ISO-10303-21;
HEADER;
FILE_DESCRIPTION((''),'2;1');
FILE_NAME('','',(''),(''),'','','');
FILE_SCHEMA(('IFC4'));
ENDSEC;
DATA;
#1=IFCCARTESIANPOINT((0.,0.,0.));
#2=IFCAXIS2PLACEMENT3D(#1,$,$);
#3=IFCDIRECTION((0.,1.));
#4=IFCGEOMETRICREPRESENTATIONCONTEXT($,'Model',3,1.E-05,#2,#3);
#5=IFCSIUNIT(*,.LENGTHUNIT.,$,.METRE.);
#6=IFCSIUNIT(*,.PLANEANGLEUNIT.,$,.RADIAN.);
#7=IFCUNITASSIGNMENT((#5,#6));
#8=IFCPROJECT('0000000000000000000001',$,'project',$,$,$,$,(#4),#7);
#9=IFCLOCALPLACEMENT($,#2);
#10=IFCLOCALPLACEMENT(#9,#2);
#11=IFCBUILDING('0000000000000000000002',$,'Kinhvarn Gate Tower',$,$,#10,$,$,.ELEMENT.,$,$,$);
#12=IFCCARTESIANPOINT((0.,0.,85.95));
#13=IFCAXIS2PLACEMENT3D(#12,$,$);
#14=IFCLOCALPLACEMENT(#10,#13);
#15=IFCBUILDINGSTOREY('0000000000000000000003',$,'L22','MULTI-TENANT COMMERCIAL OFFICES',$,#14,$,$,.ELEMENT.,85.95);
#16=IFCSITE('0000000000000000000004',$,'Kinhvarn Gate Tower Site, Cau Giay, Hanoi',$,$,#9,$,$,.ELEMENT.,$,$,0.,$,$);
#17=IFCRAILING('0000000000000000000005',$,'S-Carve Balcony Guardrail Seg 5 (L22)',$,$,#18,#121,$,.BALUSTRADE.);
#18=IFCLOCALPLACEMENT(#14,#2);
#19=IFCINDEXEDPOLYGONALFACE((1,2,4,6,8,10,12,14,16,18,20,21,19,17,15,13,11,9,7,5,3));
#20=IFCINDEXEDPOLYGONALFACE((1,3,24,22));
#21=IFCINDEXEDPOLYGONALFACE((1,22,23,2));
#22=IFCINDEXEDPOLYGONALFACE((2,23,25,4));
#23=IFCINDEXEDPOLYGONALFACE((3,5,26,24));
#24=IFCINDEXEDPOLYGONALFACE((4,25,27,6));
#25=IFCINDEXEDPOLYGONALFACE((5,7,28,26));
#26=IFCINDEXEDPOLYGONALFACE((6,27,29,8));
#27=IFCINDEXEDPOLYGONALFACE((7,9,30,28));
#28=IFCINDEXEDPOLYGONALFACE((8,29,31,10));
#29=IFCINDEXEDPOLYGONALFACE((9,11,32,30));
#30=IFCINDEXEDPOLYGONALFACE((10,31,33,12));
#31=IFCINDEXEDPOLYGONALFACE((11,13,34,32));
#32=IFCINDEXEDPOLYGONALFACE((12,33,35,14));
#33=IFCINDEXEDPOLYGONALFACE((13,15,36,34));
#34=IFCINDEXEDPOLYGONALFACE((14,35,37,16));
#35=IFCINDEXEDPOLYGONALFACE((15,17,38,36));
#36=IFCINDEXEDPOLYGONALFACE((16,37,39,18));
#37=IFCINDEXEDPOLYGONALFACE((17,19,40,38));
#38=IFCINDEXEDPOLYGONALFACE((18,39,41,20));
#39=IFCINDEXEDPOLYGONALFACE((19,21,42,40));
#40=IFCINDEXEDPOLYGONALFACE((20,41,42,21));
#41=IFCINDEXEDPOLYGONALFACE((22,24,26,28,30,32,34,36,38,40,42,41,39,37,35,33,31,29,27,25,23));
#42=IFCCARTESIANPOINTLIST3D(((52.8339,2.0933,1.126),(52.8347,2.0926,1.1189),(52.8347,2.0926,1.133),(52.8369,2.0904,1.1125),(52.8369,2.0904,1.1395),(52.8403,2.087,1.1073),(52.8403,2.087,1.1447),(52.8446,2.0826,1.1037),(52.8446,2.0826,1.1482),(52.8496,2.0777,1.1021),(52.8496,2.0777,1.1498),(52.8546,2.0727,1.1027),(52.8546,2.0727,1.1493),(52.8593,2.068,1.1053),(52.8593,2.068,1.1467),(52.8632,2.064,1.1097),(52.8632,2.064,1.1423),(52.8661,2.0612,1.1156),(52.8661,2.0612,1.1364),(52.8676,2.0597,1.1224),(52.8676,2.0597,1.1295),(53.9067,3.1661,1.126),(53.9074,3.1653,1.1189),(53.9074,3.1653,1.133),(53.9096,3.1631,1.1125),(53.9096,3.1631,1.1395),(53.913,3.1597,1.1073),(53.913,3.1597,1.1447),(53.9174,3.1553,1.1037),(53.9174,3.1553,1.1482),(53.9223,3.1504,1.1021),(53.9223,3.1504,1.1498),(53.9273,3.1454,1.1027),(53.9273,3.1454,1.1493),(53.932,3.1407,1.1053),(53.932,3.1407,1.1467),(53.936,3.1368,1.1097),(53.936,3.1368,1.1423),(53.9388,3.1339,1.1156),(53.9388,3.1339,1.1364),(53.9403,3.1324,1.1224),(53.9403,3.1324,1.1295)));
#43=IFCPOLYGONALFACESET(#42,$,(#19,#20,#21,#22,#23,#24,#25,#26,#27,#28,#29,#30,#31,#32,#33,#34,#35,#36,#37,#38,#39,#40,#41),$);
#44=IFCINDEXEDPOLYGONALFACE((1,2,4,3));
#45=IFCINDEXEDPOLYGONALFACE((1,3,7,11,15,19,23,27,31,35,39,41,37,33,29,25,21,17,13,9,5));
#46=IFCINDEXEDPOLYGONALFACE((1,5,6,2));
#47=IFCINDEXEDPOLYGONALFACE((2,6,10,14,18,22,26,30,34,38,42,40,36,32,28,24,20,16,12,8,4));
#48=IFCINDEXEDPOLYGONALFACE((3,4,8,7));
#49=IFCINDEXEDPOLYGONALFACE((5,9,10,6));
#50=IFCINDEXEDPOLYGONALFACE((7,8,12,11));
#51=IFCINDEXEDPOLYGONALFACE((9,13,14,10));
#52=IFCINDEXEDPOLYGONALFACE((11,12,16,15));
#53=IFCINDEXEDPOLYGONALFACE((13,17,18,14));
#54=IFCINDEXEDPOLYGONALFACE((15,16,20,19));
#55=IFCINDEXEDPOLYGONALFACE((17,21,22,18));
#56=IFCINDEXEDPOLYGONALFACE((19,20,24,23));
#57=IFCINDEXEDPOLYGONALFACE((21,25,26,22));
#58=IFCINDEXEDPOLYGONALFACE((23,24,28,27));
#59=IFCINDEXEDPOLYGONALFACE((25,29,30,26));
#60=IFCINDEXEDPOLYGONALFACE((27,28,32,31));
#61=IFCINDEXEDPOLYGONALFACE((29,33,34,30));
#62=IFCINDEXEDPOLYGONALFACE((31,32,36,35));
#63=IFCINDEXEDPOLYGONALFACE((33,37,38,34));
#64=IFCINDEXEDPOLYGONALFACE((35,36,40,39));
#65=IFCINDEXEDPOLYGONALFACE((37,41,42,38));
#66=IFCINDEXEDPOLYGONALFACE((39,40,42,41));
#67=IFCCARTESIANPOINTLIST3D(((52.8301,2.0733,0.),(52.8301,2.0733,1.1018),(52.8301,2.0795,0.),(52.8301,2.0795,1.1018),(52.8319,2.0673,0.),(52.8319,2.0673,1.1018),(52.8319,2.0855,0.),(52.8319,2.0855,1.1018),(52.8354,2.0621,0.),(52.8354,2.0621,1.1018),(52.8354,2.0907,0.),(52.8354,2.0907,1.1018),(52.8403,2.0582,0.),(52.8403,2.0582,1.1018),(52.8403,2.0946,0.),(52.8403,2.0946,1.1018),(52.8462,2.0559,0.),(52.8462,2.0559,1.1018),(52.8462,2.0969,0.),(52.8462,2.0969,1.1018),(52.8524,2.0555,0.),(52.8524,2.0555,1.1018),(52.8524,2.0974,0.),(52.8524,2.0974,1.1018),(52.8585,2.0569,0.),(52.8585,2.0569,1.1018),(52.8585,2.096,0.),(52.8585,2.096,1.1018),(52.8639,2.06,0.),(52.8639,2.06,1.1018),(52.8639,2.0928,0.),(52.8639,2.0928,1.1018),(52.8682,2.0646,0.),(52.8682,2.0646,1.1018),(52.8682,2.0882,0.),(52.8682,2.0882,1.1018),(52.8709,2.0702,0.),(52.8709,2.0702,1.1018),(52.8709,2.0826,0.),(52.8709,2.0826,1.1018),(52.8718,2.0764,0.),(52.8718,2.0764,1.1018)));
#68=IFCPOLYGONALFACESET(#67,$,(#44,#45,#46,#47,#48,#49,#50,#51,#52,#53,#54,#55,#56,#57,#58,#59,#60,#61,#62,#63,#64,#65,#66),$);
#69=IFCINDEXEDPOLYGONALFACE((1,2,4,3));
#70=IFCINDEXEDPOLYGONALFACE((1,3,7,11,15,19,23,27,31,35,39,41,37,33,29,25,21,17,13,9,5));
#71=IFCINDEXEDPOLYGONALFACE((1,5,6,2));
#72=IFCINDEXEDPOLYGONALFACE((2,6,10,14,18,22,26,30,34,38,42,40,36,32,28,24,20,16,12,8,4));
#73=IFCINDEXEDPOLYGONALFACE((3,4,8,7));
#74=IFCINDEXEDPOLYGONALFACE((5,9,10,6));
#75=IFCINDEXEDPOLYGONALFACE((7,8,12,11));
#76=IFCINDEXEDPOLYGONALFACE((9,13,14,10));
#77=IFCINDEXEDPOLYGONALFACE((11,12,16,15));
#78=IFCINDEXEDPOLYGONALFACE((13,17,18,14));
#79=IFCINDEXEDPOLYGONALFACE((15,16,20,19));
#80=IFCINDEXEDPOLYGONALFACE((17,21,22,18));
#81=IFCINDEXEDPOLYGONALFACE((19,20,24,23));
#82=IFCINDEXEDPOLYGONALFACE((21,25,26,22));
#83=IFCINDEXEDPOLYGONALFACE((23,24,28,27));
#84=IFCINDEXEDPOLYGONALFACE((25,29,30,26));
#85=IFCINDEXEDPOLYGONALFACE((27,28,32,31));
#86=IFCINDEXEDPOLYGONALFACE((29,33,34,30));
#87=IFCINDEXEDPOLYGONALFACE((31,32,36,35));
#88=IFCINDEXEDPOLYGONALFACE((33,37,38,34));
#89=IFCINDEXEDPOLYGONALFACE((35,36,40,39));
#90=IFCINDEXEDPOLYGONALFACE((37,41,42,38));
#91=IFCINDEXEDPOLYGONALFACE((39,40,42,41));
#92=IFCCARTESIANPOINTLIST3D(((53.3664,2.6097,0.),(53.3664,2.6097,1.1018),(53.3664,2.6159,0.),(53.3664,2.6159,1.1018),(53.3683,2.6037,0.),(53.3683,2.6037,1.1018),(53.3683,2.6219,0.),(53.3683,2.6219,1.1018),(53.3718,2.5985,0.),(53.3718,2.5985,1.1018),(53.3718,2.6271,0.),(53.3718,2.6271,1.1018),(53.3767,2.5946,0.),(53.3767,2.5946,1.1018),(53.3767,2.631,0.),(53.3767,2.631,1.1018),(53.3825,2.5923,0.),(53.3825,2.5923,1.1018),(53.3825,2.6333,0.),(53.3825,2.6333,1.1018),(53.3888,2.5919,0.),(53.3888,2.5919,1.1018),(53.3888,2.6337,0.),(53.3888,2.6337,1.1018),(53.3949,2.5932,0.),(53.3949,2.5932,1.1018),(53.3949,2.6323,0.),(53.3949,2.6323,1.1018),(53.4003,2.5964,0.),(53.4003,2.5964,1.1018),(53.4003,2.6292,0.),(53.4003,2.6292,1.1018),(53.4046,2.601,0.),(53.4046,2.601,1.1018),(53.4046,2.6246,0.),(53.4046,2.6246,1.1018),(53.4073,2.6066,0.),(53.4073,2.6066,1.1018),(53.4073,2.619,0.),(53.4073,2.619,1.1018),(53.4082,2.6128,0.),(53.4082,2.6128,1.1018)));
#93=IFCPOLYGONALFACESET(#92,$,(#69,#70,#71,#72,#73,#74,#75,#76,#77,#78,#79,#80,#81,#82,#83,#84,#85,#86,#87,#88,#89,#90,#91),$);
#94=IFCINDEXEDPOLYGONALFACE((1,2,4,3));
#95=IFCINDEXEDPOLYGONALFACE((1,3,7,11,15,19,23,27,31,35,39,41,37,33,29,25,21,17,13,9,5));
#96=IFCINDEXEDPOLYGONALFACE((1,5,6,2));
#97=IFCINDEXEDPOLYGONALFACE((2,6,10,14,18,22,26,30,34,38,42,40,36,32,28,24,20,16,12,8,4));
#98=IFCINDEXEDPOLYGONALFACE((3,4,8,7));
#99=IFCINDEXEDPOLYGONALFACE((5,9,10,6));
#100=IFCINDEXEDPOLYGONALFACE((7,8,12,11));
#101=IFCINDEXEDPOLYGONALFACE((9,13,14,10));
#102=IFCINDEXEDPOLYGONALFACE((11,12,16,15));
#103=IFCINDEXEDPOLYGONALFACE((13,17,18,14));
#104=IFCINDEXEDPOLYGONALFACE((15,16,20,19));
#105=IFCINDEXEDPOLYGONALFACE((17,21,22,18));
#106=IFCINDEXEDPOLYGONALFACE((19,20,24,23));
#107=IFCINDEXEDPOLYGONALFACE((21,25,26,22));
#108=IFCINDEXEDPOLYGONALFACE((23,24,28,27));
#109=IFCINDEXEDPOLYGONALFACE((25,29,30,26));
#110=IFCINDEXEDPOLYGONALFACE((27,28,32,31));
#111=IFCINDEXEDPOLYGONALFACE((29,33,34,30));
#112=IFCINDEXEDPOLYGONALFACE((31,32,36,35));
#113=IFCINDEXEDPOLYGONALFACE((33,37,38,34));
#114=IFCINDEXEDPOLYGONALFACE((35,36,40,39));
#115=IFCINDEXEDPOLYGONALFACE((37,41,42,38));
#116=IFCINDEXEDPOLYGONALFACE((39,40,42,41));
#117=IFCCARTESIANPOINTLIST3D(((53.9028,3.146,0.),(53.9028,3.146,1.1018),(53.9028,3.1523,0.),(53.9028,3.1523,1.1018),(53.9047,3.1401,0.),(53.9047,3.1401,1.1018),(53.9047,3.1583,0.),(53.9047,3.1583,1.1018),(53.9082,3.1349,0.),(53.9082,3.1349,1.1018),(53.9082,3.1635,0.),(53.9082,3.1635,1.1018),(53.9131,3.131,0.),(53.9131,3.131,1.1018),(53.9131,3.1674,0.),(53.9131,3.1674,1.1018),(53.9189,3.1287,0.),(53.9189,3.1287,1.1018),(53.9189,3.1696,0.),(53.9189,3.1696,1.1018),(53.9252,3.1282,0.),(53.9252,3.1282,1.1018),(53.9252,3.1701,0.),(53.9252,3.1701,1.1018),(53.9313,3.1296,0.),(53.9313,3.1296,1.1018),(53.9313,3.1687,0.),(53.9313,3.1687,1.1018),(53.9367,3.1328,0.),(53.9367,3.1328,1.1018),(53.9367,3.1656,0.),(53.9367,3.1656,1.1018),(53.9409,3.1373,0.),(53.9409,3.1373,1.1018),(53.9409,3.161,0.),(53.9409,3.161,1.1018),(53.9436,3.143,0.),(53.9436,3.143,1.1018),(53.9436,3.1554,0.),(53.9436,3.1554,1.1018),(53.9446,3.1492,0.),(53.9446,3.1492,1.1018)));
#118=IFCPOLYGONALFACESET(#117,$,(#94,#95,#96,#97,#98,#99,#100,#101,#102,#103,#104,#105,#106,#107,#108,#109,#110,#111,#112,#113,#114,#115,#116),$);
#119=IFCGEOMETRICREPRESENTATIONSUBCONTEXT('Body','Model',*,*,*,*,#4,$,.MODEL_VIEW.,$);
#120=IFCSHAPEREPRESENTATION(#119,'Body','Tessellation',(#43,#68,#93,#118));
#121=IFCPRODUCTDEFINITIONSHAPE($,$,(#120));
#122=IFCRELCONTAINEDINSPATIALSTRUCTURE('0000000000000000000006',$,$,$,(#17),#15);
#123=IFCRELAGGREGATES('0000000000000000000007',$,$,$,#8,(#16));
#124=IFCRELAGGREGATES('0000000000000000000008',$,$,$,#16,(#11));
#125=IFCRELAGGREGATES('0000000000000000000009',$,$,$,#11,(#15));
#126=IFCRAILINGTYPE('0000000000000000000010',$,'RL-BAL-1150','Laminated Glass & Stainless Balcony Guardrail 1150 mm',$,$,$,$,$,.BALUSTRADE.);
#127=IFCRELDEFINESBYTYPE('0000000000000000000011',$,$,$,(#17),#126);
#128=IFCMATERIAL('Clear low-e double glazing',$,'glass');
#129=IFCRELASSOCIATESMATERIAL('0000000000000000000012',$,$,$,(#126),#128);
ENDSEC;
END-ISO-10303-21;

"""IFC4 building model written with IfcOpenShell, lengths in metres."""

from ifc_helpers import new_model, si_unit, direction, frame, origin, origin_2d, place, context, subcontext, project, spatial, circle, extrude, material, type_object, element, save


model = new_model("IFC4")

# Units and contexts
model_context = context("Model", 3, precision=1e-05, world=origin(), true_north=direction((0.0, 1.0)))
body_context = subcontext(model_context, "Body", "Model", "MODEL_VIEW")
ifc_project = project(units=[si_unit("LENGTHUNIT", "METRE"), si_unit("PLANEANGLEUNIT", "RADIAN")], contexts=[model_context])

# Site, building, storey
site_placement = place(None, origin())
site = spatial("IfcSite", under=ifc_project, at=site_placement, Name="Kinhvarn Gate Tower Site, Cau Giay, Hanoi", CompositionType="ELEMENT", RefElevation=0.0)
building_placement = place(site_placement, origin())
building = spatial("IfcBuilding", under=site, at=building_placement, Name="Kinhvarn Gate Tower", CompositionType="ELEMENT")
storey_placement = place(building_placement, frame((0.0, 0.0, 85.95)))
storey = spatial("IfcBuildingStorey", under=building, at=storey_placement, Name="L22", Description="MULTI-TENANT COMMERCIAL OFFICES", CompositionType="ELEMENT", Elevation=85.95)

# Shared definitions
ifc_material_1 = material(Name="Clear low-e double glazing", Category="glass")

# Railing
railing_type = type_object("IfcRailingType", Name="RL-BAL-1150", Description="Laminated Glass & Stainless Balcony Guardrail 1150 mm", PredefinedType="BALUSTRADE", material=ifc_material_1)
railing_1_placement = place(storey_placement, frame((52.8508, 2.0764, 0.0)))
element("IfcRailing", 1, at=railing_1_placement, inside=storey, type_object=railing_type, Name="S-Carve Balcony Guardrail Seg 5 (L22)", PredefinedType="BALUSTRADE", context=body_context, shape_type="SweptSolid", body=[
    extrude(circle(Radius=0.0239, at=origin_2d()), frame((0.0, 0.0, 1.126), z_axis=(0.707107, 0.707107, 0.0), x_axis=(-0.707107, 0.707107, 0.0)), (0.0, 0.0, 1.0), 1.5171),
    extrude(circle(Radius=0.021, at=origin_2d()), origin(), (0.0, 0.0, 1.0), 1.1018),
    extrude(circle(Radius=0.021, at=origin_2d()), frame((0.5364, 0.5364, 0.0)), (0.0, 0.0, 1.0), 1.1018),
    extrude(circle(Radius=0.021, at=origin_2d()), frame((1.0728, 1.0728, 0.0)), (0.0, 0.0, 1.0), 1.1018),
])

save(model, "model.ifc")
